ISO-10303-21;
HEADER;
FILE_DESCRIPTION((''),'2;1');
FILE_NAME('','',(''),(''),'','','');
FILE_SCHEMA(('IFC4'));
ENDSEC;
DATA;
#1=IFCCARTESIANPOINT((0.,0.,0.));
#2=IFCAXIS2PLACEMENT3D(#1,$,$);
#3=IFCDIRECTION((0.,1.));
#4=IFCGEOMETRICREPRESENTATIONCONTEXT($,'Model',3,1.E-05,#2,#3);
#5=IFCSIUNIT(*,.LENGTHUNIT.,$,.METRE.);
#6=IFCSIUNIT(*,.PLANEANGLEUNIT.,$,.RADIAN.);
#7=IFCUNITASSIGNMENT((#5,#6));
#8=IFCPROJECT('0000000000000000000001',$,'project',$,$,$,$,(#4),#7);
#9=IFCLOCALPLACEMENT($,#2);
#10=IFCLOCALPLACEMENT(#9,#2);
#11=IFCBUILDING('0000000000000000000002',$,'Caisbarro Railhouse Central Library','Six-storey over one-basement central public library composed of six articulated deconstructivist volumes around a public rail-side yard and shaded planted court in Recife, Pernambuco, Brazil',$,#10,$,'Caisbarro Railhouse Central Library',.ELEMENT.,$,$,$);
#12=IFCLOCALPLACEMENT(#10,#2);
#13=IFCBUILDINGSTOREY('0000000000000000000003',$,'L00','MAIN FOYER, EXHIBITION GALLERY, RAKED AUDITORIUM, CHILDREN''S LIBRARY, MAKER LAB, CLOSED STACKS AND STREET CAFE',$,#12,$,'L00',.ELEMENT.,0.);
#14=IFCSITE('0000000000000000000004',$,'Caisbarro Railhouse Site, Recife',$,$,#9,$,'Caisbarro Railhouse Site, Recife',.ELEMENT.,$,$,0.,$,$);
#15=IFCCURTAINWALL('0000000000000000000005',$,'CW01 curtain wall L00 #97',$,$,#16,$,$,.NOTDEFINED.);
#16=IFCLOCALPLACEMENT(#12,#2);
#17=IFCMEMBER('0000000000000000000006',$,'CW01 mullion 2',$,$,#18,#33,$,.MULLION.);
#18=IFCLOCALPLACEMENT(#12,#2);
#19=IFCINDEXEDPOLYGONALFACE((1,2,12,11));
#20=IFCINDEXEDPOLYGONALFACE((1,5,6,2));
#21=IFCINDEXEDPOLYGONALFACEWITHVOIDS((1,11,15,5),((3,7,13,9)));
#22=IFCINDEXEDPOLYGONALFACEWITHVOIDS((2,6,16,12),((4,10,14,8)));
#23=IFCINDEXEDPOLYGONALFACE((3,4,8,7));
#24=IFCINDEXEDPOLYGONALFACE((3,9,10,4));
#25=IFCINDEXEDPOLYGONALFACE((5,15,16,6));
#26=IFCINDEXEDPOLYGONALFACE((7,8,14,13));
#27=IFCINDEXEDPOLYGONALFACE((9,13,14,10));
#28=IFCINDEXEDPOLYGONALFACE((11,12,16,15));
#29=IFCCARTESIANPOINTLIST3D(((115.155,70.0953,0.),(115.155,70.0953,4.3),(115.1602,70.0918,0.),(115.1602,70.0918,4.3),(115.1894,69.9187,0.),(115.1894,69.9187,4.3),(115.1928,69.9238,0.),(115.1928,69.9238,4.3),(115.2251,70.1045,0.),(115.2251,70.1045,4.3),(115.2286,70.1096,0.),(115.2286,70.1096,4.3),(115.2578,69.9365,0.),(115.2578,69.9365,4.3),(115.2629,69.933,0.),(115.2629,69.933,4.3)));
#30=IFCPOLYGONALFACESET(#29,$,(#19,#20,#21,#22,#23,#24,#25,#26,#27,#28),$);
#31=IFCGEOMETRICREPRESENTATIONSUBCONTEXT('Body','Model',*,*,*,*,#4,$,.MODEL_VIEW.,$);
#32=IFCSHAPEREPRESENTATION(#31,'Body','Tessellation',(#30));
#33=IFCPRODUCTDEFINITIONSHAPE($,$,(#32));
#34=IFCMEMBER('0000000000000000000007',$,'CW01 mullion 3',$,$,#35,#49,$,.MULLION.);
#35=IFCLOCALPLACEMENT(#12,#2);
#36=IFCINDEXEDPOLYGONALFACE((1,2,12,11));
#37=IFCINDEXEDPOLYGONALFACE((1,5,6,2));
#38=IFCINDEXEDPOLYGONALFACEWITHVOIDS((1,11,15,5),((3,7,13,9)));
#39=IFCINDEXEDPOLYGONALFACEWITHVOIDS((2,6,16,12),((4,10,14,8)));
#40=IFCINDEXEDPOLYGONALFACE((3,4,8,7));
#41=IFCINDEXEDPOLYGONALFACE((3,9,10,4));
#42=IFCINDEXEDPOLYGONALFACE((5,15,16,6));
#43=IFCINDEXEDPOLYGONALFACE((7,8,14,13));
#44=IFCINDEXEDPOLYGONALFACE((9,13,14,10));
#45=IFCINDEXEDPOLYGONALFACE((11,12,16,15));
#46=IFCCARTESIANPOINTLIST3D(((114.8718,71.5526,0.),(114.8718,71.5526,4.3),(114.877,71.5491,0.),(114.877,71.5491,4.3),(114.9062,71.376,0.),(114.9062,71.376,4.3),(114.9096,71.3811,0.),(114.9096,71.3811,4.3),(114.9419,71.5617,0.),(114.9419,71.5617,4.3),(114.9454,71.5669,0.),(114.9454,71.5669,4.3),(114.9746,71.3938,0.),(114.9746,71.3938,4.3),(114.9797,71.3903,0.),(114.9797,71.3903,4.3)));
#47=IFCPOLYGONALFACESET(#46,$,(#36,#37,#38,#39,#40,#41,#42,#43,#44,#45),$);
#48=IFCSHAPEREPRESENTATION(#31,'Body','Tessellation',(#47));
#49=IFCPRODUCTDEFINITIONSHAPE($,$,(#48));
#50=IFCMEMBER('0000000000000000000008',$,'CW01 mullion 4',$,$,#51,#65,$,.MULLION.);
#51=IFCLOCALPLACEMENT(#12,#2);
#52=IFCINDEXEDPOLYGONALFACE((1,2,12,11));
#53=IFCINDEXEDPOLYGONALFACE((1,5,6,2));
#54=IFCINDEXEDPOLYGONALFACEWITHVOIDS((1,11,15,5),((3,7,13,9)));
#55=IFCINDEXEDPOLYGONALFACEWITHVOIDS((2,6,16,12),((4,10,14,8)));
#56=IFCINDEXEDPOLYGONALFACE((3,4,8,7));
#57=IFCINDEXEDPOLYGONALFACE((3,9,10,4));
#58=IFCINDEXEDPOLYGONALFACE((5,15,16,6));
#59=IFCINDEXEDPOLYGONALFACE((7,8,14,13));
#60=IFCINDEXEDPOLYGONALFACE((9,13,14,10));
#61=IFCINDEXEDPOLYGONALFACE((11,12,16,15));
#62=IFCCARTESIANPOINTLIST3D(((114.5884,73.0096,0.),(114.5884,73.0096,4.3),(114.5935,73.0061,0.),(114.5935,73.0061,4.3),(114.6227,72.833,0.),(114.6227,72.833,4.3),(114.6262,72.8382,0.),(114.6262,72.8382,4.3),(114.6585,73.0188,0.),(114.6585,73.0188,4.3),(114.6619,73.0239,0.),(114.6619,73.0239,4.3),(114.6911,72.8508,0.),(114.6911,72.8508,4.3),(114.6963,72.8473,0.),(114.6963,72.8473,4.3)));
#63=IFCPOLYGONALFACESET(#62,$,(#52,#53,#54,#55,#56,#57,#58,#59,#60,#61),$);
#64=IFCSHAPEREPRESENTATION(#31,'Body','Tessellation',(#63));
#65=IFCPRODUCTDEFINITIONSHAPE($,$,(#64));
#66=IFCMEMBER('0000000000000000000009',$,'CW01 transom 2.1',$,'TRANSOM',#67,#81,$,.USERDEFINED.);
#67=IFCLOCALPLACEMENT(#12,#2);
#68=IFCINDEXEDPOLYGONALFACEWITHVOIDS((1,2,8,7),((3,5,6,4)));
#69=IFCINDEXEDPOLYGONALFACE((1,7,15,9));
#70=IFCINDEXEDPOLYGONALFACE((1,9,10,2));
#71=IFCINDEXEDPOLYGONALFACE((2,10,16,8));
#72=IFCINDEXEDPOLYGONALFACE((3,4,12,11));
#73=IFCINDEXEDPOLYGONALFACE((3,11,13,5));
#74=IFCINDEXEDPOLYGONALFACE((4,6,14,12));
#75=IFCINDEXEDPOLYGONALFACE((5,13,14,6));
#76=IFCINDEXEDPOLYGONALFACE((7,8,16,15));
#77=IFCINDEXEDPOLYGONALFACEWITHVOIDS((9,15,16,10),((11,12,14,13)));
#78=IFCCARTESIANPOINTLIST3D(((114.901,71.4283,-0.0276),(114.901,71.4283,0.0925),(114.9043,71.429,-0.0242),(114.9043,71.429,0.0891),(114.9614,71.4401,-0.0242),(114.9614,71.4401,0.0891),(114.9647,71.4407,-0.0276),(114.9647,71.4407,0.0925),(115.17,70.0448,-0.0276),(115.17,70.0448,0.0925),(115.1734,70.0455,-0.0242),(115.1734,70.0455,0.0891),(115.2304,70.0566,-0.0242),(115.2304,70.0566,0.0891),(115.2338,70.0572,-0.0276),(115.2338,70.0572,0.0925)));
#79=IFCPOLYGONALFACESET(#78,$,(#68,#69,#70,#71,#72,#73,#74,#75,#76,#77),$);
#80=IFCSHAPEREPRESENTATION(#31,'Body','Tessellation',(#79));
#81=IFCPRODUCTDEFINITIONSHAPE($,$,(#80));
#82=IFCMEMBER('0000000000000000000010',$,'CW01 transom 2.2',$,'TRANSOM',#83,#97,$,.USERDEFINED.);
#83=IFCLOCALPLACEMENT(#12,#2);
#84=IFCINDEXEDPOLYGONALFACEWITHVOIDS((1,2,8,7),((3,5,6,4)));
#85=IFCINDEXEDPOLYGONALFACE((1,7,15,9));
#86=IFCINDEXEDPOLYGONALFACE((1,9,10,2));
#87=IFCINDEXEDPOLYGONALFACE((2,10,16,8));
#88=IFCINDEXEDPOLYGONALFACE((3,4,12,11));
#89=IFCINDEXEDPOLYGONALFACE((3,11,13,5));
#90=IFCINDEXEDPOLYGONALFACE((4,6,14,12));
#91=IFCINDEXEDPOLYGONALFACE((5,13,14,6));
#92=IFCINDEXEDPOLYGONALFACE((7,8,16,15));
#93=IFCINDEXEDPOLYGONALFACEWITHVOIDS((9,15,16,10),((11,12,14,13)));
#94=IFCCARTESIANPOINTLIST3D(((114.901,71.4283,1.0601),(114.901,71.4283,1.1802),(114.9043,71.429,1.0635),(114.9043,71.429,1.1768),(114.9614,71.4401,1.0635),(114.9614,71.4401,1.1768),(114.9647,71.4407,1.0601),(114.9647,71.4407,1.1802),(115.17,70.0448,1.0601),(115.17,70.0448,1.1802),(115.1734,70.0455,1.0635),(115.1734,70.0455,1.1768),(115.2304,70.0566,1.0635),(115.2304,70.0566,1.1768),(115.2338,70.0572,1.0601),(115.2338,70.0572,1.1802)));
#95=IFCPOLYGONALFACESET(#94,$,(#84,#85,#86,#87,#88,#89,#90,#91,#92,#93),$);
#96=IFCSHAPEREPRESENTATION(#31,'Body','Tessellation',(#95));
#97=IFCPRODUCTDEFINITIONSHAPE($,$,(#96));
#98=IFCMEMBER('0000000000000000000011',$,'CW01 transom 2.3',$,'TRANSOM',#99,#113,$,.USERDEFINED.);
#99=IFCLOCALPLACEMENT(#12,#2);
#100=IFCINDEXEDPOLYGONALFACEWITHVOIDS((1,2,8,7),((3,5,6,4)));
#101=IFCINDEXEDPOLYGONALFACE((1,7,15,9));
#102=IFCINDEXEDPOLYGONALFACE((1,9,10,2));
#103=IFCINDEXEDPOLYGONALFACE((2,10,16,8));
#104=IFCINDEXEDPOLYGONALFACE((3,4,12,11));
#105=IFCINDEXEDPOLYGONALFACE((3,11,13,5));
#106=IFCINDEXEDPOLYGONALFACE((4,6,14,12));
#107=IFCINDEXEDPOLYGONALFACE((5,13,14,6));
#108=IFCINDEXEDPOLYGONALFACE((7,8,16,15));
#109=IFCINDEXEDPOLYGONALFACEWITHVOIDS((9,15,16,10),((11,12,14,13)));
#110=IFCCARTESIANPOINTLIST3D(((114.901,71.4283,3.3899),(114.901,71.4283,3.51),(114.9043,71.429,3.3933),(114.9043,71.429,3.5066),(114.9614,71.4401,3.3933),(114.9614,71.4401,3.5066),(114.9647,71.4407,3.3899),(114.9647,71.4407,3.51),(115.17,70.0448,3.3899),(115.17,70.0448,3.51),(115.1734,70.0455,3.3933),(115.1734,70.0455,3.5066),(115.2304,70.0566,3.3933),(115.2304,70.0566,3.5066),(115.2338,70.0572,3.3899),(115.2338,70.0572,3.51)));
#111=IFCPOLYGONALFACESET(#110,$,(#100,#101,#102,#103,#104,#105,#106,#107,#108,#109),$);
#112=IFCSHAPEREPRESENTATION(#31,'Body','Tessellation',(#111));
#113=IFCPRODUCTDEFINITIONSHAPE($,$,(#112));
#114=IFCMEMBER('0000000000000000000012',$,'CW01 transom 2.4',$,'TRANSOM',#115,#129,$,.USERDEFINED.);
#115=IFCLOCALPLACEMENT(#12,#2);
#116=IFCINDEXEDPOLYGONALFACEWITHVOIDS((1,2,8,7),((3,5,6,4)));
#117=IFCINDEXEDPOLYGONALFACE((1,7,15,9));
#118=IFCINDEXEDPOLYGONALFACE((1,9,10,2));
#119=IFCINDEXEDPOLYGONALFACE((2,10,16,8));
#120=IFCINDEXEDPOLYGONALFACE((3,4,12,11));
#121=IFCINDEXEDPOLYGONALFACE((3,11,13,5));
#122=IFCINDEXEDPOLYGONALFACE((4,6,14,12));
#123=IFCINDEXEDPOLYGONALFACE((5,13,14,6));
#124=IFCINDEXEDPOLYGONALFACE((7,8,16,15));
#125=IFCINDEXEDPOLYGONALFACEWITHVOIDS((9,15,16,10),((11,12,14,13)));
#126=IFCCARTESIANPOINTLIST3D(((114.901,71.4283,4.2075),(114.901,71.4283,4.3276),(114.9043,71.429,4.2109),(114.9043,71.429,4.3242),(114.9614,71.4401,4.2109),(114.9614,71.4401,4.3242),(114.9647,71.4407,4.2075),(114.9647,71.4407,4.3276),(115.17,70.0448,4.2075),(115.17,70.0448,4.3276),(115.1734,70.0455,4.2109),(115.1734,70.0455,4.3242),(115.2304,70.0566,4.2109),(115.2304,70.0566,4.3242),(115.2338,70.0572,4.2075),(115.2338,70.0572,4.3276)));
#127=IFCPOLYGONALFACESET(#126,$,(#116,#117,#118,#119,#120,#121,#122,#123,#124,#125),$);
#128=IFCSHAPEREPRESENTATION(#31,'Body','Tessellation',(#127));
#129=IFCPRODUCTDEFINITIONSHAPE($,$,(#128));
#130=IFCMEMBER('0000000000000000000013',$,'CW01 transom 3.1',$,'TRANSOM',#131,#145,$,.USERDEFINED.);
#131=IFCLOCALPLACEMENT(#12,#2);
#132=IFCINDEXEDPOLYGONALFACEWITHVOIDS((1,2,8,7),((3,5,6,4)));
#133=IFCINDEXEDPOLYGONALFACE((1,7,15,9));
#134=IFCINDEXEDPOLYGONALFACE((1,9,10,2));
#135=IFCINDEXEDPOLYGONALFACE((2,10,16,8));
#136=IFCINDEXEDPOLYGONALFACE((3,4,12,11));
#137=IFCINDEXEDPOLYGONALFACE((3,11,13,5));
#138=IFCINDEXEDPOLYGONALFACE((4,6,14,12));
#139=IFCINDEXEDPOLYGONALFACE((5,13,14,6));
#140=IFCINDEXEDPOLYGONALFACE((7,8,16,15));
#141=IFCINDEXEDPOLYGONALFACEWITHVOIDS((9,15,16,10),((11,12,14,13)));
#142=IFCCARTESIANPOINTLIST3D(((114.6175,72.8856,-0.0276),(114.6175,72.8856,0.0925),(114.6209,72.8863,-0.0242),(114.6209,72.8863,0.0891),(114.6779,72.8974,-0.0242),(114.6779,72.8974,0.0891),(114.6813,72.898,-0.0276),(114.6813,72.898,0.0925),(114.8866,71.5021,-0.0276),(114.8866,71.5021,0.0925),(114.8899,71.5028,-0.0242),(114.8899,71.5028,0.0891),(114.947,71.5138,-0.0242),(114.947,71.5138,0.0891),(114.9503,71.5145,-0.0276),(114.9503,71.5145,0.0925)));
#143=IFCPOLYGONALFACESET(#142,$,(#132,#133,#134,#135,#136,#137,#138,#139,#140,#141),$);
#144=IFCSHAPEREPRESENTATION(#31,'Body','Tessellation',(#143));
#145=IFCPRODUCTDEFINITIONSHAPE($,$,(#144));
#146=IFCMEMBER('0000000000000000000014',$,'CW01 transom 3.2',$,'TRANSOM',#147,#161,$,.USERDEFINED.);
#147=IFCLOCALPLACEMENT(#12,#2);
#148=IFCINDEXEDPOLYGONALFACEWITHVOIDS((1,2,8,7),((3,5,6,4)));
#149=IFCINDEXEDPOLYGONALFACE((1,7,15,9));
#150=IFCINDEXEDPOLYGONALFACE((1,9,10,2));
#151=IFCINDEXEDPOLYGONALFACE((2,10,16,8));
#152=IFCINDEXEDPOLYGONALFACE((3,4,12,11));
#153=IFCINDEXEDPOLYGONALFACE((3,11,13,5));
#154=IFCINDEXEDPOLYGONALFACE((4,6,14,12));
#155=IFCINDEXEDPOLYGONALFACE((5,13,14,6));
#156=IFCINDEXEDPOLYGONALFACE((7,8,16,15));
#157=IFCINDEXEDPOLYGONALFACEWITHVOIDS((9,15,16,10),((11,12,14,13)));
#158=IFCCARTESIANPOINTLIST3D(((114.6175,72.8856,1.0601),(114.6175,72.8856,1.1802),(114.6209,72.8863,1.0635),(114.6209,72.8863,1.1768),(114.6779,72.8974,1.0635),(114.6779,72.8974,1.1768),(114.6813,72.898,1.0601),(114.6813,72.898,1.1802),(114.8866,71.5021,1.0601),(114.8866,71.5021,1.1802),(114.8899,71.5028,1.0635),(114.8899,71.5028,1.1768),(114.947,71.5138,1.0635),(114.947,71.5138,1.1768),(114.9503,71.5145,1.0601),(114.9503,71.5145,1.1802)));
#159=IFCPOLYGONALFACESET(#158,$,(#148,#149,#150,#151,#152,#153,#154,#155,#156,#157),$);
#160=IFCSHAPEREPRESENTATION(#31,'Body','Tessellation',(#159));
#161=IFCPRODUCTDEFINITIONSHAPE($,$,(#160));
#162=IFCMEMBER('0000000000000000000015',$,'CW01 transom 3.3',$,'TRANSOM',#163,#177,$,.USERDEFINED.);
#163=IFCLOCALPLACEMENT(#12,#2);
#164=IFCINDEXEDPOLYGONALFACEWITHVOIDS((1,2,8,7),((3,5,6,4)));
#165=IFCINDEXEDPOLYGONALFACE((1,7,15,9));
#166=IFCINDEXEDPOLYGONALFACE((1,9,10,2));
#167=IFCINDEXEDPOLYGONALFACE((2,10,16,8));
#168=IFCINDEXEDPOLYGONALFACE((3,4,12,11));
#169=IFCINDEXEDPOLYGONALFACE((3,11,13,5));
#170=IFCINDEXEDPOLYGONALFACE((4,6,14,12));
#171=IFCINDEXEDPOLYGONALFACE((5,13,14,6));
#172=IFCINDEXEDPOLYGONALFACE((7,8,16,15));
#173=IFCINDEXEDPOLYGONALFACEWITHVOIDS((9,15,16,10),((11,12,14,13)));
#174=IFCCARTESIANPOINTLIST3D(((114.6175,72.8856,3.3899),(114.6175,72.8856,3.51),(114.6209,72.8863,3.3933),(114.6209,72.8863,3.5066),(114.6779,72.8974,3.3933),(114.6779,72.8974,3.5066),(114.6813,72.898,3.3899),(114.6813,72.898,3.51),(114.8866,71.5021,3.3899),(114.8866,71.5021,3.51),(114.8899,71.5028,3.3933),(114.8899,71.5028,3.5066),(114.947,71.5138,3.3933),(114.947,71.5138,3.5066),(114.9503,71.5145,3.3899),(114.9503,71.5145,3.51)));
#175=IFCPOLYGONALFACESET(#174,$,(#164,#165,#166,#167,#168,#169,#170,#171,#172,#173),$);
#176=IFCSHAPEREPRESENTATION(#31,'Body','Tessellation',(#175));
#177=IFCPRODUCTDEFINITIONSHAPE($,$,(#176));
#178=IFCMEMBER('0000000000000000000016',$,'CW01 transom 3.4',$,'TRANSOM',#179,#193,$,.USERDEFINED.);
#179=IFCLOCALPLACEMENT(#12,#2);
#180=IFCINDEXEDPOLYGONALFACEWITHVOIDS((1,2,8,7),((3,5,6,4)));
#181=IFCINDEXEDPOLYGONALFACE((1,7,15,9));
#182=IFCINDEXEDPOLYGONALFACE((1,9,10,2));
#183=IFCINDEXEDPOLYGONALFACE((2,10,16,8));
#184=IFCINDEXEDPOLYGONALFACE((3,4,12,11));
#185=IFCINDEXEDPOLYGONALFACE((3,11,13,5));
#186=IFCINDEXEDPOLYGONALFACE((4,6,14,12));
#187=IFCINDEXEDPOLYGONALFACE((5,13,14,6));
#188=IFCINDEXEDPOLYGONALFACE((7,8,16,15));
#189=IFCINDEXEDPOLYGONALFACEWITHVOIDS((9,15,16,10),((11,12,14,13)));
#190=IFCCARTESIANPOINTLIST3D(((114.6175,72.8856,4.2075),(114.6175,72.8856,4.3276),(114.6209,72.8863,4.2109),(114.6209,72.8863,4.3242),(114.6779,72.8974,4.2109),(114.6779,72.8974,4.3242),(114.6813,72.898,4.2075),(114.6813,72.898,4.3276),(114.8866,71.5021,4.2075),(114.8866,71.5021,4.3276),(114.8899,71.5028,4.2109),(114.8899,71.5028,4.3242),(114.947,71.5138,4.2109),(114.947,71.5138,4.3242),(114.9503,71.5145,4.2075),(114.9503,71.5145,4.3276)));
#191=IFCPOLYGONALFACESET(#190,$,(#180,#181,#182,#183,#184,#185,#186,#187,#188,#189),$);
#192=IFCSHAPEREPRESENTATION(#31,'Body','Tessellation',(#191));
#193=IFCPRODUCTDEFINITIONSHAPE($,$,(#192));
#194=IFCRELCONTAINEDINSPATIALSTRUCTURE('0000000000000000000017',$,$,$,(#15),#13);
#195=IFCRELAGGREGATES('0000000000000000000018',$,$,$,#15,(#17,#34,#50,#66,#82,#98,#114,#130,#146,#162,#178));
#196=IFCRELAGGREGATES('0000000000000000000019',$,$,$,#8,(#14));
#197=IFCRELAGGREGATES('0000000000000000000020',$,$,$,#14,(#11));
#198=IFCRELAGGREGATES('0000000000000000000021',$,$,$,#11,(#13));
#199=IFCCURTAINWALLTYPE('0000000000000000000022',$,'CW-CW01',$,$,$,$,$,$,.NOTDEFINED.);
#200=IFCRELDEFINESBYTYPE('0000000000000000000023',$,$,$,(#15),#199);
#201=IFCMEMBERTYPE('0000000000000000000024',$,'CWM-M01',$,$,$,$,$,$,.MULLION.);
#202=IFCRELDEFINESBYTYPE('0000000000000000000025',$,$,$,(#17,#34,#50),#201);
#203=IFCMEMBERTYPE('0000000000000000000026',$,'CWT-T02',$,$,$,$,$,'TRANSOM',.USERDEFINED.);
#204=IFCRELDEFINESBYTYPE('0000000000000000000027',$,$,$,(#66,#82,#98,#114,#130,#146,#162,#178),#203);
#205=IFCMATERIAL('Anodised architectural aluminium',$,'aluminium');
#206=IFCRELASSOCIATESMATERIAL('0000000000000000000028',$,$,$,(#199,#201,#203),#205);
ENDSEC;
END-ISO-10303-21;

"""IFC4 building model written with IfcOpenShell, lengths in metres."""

from ifc_helpers import new_model, si_unit, direction, frame, origin, origin_2d, place, context, subcontext, project, spatial, hollow_rectangle, extrude, material, material_profile, profile_set, type_object, element, aggregate, save


model = new_model("IFC4")

# Units and contexts
model_context = context("Model", 3, precision=1e-05, world=origin(), true_north=direction((0.0, 1.0)))
body_context = subcontext(model_context, "Body", "Model", "MODEL_VIEW")
ifc_project = project(units=[si_unit("LENGTHUNIT", "METRE"), si_unit("PLANEANGLEUNIT", "RADIAN")], contexts=[model_context])

# Site, building, storey
site_placement = place(None, origin())
site = spatial("IfcSite", under=ifc_project, at=site_placement, Name="Caisbarro Railhouse Site, Recife", LongName="Caisbarro Railhouse Site, Recife", CompositionType="ELEMENT", RefElevation=0.0)
building_placement = place(site_placement, origin())
building = spatial("IfcBuilding", under=site, at=building_placement, Name="Caisbarro Railhouse Central Library", Description="Six-storey over one-basement central public library composed of six articulated deconstructivist volumes around a public rail-side yard and shaded planted court in Recife, Pernambuco, Brazil", LongName="Caisbarro Railhouse Central Library", CompositionType="ELEMENT")
storey_placement = place(building_placement, origin())
storey = spatial("IfcBuildingStorey", under=building, at=storey_placement, Name="L00", Description="MAIN FOYER, EXHIBITION GALLERY, RAKED AUDITORIUM, CHILDREN'S LIBRARY, MAKER LAB, CLOSED STACKS AND STREET CAFE", LongName="L00", CompositionType="ELEMENT", Elevation=0.0)

# Curtain wall, members
ifc_material_1 = material(Name="Anodised architectural aluminium", Category="aluminium")
curtain_wall_type = type_object("IfcCurtainWallType", Name="CW-CW01", PredefinedType="NOTDEFINED", material=ifc_material_1)
curtain_wall_placement = place(storey_placement, origin())
curtain_wall = element("IfcCurtainWall", 1, at=curtain_wall_placement, inside=storey, type_object=curtain_wall_type, Name="CW01 curtain wall L00 #97", PredefinedType="NOTDEFINED")
ifc_material_profile_1 = material_profile(ifc_material_1, hollow_rectangle(XDim=0.075, YDim=0.1799, WallThickness=0.0044, at=origin_2d()), Name="ALU-MUL-75X180")
ifc_profile_set_1 = profile_set([ifc_material_profile_1], Name="Anodised architectural aluminium")
member_type_1 = type_object("IfcMemberType", Name="CWM-M01", PredefinedType="MULLION", material=ifc_profile_set_1)
member_1_placement = place(storey_placement, frame((115.209, 70.0142, 0.0), z_axis=(0.0, 0.0, 1.0), x_axis=(-0.981607, -0.190911, 0.0)))
member_1 = element("IfcMember", 2, at=member_1_placement, type_object=member_type_1, Name="CW01 mullion 2", PredefinedType="MULLION", context=body_context, shape_type="SweptSolid", body=[
    extrude(hollow_rectangle(XDim=0.075, YDim=0.1799, WallThickness=0.0044, at=origin_2d()), origin(), (0.0, 0.0, 1.0), 4.3),
])
member_2_placement = place(storey_placement, frame((114.9258, 71.4714, 0.0), z_axis=(0.0, 0.0, 1.0), x_axis=(-0.981607, -0.190911, 0.0)))
member_2 = element("IfcMember", 3, at=member_2_placement, type_object=member_type_1, Name="CW01 mullion 3", PredefinedType="MULLION", context=body_context, shape_type="SweptSolid", body=[
    extrude(hollow_rectangle(XDim=0.075, YDim=0.1799, WallThickness=0.0044, at=origin_2d()), origin(), (0.0, 0.0, 1.0), 4.3),
])
member_3_placement = place(storey_placement, frame((114.6423, 72.9285, 0.0), z_axis=(0.0, 0.0, 1.0), x_axis=(-0.981607, -0.190911, 0.0)))
member_3 = element("IfcMember", 4, at=member_3_placement, type_object=member_type_1, Name="CW01 mullion 4", PredefinedType="MULLION", context=body_context, shape_type="SweptSolid", body=[
    extrude(hollow_rectangle(XDim=0.075, YDim=0.1799, WallThickness=0.0044, at=origin_2d()), origin(), (0.0, 0.0, 1.0), 4.3),
])
ifc_material_profile_2 = material_profile(ifc_material_1, hollow_rectangle(XDim=0.0649, YDim=0.1201, WallThickness=0.0034, at=origin_2d()), Name="ALU-TRN-65X120")
ifc_profile_set_2 = profile_set([ifc_material_profile_2], Name="Anodised architectural aluminium")
member_type_2 = type_object("IfcMemberType", Name="CWT-T02", ElementType="TRANSOM", PredefinedType="USERDEFINED", material=ifc_profile_set_2)
member_4_placement = place(storey_placement, frame((115.2019, 70.051, 0.0325), z_axis=(-0.190884, 0.981613, 0.0), x_axis=(-0.981613, -0.190884, 0.0)))
member_4 = element("IfcMember", 5, at=member_4_placement, type_object=member_type_2, Name="CW01 transom 2.1", ObjectType="TRANSOM", PredefinedType="USERDEFINED", context=body_context, shape_type="SweptSolid", body=[
    extrude(hollow_rectangle(XDim=0.0649, YDim=0.1201, WallThickness=0.0034, at=origin_2d()), origin(), (0.0, 0.0, 1.0), 1.4094),
])
member_5_placement = place(storey_placement, frame((115.2019, 70.051, 1.1201), z_axis=(-0.190884, 0.981613, 0.0), x_axis=(-0.981613, -0.190884, 0.0)))
member_5 = element("IfcMember", 6, at=member_5_placement, type_object=member_type_2, Name="CW01 transom 2.2", ObjectType="TRANSOM", PredefinedType="USERDEFINED", context=body_context, shape_type="SweptSolid", body=[
    extrude(hollow_rectangle(XDim=0.0649, YDim=0.1201, WallThickness=0.0034, at=origin_2d()), origin(), (0.0, 0.0, 1.0), 1.4094),
])
member_6_placement = place(storey_placement, frame((115.2019, 70.051, 3.45), z_axis=(-0.190884, 0.981613, 0.0), x_axis=(-0.981613, -0.190884, 0.0)))
member_6 = element("IfcMember", 7, at=member_6_placement, type_object=member_type_2, Name="CW01 transom 2.3", ObjectType="TRANSOM", PredefinedType="USERDEFINED", context=body_context, shape_type="SweptSolid", body=[
    extrude(hollow_rectangle(XDim=0.0649, YDim=0.1201, WallThickness=0.0034, at=origin_2d()), origin(), (0.0, 0.0, 1.0), 1.4094),
])
member_7_placement = place(storey_placement, frame((115.2019, 70.051, 4.2676), z_axis=(-0.190884, 0.981613, 0.0), x_axis=(-0.981613, -0.190884, 0.0)))
member_7 = element("IfcMember", 8, at=member_7_placement, type_object=member_type_2, Name="CW01 transom 2.4", ObjectType="TRANSOM", PredefinedType="USERDEFINED", context=body_context, shape_type="SweptSolid", body=[
    extrude(hollow_rectangle(XDim=0.0649, YDim=0.1201, WallThickness=0.0034, at=origin_2d()), origin(), (0.0, 0.0, 1.0), 1.4094),
])
member_8_placement = place(storey_placement, frame((114.9185, 71.5083, 0.0325), z_axis=(-0.190884, 0.981613, 0.0), x_axis=(-0.981613, -0.190884, 0.0)))
member_8 = element("IfcMember", 9, at=member_8_placement, type_object=member_type_2, Name="CW01 transom 3.1", ObjectType="TRANSOM", PredefinedType="USERDEFINED", context=body_context, shape_type="SweptSolid", body=[
    extrude(hollow_rectangle(XDim=0.0649, YDim=0.1201, WallThickness=0.0034, at=origin_2d()), origin(), (0.0, 0.0, 1.0), 1.4094),
])
member_9_placement = place(storey_placement, frame((114.9185, 71.5083, 1.1201), z_axis=(-0.190884, 0.981613, 0.0), x_axis=(-0.981613, -0.190884, 0.0)))
member_9 = element("IfcMember", 10, at=member_9_placement, type_object=member_type_2, Name="CW01 transom 3.2", ObjectType="TRANSOM", PredefinedType="USERDEFINED", context=body_context, shape_type="SweptSolid", body=[
    extrude(hollow_rectangle(XDim=0.0649, YDim=0.1201, WallThickness=0.0034, at=origin_2d()), origin(), (0.0, 0.0, 1.0), 1.4094),
])
member_10_placement = place(storey_placement, frame((114.9185, 71.5083, 3.45), z_axis=(-0.190884, 0.981613, 0.0), x_axis=(-0.981613, -0.190884, 0.0)))
member_10 = element("IfcMember", 11, at=member_10_placement, type_object=member_type_2, Name="CW01 transom 3.3", ObjectType="TRANSOM", PredefinedType="USERDEFINED", context=body_context, shape_type="SweptSolid", body=[
    extrude(hollow_rectangle(XDim=0.0649, YDim=0.1201, WallThickness=0.0034, at=origin_2d()), origin(), (0.0, 0.0, 1.0), 1.4094),
])
member_11_placement = place(storey_placement, frame((114.9185, 71.5083, 4.2676), z_axis=(-0.190884, 0.981613, 0.0), x_axis=(-0.981613, -0.190884, 0.0)))
member_11 = element("IfcMember", 12, at=member_11_placement, type_object=member_type_2, Name="CW01 transom 3.4", ObjectType="TRANSOM", PredefinedType="USERDEFINED", context=body_context, shape_type="SweptSolid", body=[
    extrude(hollow_rectangle(XDim=0.0649, YDim=0.1201, WallThickness=0.0034, at=origin_2d()), origin(), (0.0, 0.0, 1.0), 1.4094),
])
aggregate(curtain_wall, [member_1, member_2, member_3, member_4, member_5, member_6, member_7, member_8, member_9, member_10, member_11])

save(model, "model.ifc")
